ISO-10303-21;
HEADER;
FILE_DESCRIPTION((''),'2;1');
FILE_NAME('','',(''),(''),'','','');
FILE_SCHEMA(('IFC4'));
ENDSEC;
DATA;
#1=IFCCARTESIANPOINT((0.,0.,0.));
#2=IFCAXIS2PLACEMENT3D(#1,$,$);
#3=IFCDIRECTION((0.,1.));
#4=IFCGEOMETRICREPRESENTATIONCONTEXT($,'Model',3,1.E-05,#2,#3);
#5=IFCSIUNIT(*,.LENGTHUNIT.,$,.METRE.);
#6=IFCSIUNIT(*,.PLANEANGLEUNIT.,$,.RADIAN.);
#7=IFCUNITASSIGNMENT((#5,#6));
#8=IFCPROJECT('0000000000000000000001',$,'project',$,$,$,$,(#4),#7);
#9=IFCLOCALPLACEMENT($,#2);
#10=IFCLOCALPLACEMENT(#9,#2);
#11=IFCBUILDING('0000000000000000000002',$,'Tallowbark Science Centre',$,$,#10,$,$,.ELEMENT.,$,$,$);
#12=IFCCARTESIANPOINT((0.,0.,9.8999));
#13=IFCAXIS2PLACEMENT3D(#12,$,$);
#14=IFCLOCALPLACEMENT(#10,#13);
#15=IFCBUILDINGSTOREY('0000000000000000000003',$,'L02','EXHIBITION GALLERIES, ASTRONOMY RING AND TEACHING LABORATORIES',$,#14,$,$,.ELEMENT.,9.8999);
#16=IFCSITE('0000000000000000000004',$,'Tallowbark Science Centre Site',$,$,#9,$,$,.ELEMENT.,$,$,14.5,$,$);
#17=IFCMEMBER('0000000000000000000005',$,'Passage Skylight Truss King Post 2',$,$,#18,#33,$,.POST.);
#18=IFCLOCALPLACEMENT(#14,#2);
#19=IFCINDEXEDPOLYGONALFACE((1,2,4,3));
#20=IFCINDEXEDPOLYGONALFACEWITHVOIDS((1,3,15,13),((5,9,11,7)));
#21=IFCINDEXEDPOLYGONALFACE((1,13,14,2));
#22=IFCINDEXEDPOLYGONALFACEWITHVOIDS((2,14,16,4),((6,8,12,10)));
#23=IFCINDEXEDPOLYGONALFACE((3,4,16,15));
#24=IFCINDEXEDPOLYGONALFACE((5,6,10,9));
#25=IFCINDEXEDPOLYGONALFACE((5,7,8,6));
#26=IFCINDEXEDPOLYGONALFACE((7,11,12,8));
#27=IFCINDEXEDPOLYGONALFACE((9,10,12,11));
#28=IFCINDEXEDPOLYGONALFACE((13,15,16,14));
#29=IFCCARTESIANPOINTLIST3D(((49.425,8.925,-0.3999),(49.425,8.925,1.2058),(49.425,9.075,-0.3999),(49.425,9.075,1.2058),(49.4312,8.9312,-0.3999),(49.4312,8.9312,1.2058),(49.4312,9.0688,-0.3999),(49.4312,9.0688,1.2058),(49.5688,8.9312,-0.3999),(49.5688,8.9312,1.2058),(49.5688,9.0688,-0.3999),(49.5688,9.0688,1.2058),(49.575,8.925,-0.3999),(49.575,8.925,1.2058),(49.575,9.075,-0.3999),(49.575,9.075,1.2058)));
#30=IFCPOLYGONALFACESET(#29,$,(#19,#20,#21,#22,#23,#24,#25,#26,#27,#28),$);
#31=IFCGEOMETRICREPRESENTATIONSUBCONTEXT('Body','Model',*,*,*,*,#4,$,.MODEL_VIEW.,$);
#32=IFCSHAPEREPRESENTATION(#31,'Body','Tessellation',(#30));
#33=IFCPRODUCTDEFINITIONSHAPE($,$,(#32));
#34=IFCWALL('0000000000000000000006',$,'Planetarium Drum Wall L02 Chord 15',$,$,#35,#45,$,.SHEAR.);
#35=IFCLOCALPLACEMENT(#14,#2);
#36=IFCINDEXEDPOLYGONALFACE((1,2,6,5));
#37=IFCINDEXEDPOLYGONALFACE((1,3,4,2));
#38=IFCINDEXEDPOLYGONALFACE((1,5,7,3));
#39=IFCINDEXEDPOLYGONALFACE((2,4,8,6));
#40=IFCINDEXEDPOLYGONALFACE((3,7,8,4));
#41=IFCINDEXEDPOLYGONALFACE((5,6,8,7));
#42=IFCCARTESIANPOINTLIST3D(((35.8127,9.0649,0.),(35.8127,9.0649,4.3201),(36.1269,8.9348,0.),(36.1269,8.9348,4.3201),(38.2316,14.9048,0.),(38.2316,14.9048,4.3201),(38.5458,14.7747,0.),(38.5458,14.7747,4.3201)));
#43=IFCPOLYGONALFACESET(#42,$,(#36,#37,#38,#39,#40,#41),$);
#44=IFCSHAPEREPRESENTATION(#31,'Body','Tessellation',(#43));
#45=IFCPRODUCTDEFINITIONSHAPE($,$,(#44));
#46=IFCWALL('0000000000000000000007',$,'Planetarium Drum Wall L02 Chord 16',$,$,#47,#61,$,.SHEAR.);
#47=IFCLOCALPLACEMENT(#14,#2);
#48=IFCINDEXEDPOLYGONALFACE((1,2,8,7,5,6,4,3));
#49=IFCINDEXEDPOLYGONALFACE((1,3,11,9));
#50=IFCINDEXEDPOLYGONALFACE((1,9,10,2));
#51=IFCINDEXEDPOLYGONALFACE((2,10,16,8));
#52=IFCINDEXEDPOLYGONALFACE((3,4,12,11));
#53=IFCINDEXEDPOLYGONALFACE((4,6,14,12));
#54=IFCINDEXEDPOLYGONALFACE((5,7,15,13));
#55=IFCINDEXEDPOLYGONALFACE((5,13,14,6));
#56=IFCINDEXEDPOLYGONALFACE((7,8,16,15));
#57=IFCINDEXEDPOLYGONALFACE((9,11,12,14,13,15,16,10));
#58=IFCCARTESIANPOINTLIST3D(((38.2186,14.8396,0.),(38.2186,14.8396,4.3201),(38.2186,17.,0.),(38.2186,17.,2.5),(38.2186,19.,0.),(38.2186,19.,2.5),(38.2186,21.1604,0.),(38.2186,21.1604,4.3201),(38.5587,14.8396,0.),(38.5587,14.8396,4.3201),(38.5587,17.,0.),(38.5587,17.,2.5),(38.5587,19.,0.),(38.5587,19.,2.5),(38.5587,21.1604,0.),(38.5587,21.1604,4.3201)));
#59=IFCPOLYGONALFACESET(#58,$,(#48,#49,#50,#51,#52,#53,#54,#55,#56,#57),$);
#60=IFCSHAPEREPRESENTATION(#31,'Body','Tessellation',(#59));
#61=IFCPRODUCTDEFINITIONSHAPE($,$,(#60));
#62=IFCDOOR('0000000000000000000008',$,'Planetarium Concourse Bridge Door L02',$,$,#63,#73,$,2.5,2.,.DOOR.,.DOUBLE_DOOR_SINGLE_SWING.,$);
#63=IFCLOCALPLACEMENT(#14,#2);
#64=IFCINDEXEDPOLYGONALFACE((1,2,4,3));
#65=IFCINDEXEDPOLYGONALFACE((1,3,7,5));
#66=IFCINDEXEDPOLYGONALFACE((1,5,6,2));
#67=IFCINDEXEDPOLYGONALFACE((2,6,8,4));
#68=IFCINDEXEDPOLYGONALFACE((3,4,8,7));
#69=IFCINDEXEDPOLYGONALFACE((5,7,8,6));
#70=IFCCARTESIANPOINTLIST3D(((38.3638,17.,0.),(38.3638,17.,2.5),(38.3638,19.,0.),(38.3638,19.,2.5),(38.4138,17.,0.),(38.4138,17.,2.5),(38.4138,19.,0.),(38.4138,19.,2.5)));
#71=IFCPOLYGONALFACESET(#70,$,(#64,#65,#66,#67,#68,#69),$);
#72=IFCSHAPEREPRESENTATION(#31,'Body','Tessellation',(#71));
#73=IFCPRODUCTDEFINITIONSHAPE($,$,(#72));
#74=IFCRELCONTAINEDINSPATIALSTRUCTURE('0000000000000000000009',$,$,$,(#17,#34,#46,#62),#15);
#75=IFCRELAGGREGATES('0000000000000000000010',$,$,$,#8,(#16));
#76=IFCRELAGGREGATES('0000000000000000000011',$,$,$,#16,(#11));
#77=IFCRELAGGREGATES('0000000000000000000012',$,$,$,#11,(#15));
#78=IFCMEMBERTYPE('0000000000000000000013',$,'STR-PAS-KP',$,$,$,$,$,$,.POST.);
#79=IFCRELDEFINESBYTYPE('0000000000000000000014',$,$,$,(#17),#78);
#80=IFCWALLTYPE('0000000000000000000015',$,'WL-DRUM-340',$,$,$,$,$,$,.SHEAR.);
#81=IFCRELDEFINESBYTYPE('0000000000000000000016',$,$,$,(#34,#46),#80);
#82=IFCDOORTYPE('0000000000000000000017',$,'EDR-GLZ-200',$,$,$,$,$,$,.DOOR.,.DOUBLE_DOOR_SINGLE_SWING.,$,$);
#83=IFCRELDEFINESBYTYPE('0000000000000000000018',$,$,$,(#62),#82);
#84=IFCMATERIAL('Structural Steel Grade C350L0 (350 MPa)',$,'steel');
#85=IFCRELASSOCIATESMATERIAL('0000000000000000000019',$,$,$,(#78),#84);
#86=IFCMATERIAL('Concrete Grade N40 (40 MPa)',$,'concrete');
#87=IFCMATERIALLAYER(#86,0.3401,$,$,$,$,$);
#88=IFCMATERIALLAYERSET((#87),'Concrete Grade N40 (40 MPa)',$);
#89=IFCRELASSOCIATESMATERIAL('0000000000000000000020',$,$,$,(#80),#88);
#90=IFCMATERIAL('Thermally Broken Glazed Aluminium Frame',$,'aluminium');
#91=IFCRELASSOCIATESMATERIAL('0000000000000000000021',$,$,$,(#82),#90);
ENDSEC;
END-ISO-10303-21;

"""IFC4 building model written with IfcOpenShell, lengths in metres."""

from ifc_helpers import new_model, si_unit, direction, frame, frame_2d, origin, origin_2d, place, context, subcontext, project, spatial, rectangle, hollow_rectangle, extrude, material, layer, layer_set, material_profile, profile_set, type_object, element, fill, save


model = new_model("IFC4")

# Units and contexts
model_context = context("Model", 3, precision=1e-05, world=origin(), true_north=direction((0.0, 1.0)))
body_context = subcontext(model_context, "Body", "Model", "MODEL_VIEW")
ifc_project = project(units=[si_unit("LENGTHUNIT", "METRE"), si_unit("PLANEANGLEUNIT", "RADIAN")], contexts=[model_context])

# Site, building, storey
site_placement = place(None, origin())
site = spatial("IfcSite", under=ifc_project, at=site_placement, Name="Tallowbark Science Centre Site", CompositionType="ELEMENT", RefElevation=14.5)
building_placement = place(site_placement, origin())
building = spatial("IfcBuilding", under=site, at=building_placement, Name="Tallowbark Science Centre", CompositionType="ELEMENT")
storey_placement = place(building_placement, frame((0.0, 0.0, 9.8999)))
storey = spatial("IfcBuildingStorey", under=building, at=storey_placement, Name="L02", Description="EXHIBITION GALLERIES, ASTRONOMY RING AND TEACHING LABORATORIES", CompositionType="ELEMENT", Elevation=9.8999)

# Shared definitions
ifc_material_1 = material(Name="Structural Steel Grade C350L0 (350 MPa)", Category="steel")

# Member
ifc_material_profile_1 = material_profile(ifc_material_1, hollow_rectangle(XDim=0.1499, YDim=0.1499, WallThickness=0.0061, at=origin_2d()), Name="150x150x6.0SHS")
ifc_profile_set_1 = profile_set([ifc_material_profile_1], Name="Structural Steel Grade C350L0 (350 MPa)")
member_type_1 = type_object("IfcMemberType", Name="STR-PAS-KP", PredefinedType="POST", material=ifc_profile_set_1)
for number, where, z_axis, x_axis, name in (
    (1, (49.5, 9.0, -0.3999), (0.0, 0.0, 1.0), (1.0, 0.0, 0.0), "Passage Skylight Truss King Post 2"),
):
    element("IfcMember", number, at=place(storey_placement, frame(where, z_axis=z_axis, x_axis=x_axis)), inside=storey, type_object=member_type_1, Name=name, PredefinedType="POST", context=body_context, shape_type="SweptSolid", body=[
        extrude(hollow_rectangle(XDim=0.1499, YDim=0.1499, WallThickness=0.0061, at=origin_2d()), origin(), (0.0, 0.0, 1.0), 1.6057),
    ])

# Wall
ifc_material_2 = material(Name="Concrete Grade N40 (40 MPa)", Category="concrete")
ifc_layer_1 = layer(ifc_material_2, 0.3401)
ifc_layer_set_1 = layer_set([ifc_layer_1], Name="Concrete Grade N40 (40 MPa)")
wall_type = type_object("IfcWallType", Name="WL-DRUM-340", PredefinedType="SHEAR", material=ifc_layer_set_1)
wall_1_placement = place(storey_placement, frame((35.9697, 8.9998, 0.0), z_axis=(0.0, 0.0, 1.0), x_axis=(0.382684, 0.923879, 0.0)))
element("IfcWall", 2, at=wall_1_placement, inside=storey, type_object=wall_type, Name="Planetarium Drum Wall L02 Chord 15", PredefinedType="SHEAR", context=body_context, shape_type="SweptSolid", body=[
    extrude(rectangle(XDim=6.321, YDim=0.3401, at=frame_2d((3.1606, 0.0))), origin(), (0.0, 0.0, 1.0), 4.3201),
])

# Wall, opening, door
wall_2_placement = place(storey_placement, frame((38.3887, 14.8396, 0.0), z_axis=(0.0, 0.0, 1.0), x_axis=(0.0, 1.0, 0.0)))
wall_2 = element("IfcWall", 3, at=wall_2_placement, inside=storey, type_object=wall_type, Name="Planetarium Drum Wall L02 Chord 16", PredefinedType="SHEAR", context=body_context, shape_type="SweptSolid", body=[
    extrude(rectangle(XDim=6.3208, YDim=0.3401, at=frame_2d((3.1604, 0.0))), origin(), (0.0, 0.0, 1.0), 4.3201),
])
opening_placement = place(wall_2_placement, frame((2.1604, 0.0, 0.0)))
opening = element("IfcOpeningElement", 4, at=opening_placement, cuts=wall_2, PredefinedType="OPENING", context=body_context, shape_type="SweptSolid", body=[
    extrude(rectangle(XDim=2.0, YDim=2.5, at=frame_2d((1.0, 1.25))), frame((0.0, 0.1802, 0.0), z_axis=(0.0, -1.0, 0.0), x_axis=(1.0, 0.0, 0.0)), (0.0, 0.0, 1.0), 0.3601),
])
ifc_material_3 = material(Name="Thermally Broken Glazed Aluminium Frame", Category="aluminium")
door_type = type_object("IfcDoorType", Name="EDR-GLZ-200", OperationType="DOUBLE_DOOR_SINGLE_SWING", PredefinedType="DOOR", material=ifc_material_3)
door_placement = place(opening_placement, origin())
door = element("IfcDoor", 5, at=door_placement, inside=storey, type_object=door_type, Name="Planetarium Concourse Bridge Door L02", OperationType="DOUBLE_DOOR_SINGLE_SWING", OverallHeight=2.5, OverallWidth=2.0, PredefinedType="DOOR", context=body_context, shape_type="SweptSolid", body=[
    extrude(rectangle(XDim=2.0, YDim=2.5, at=frame_2d((1.0, 1.25))), frame((0.0, 0.0249, 0.0), z_axis=(0.0, -1.0, 0.0), x_axis=(1.0, 0.0, 0.0)), (0.0, 0.0, 1.0), 0.05),
])
fill(opening, door)

save(model, "model.ifc")
